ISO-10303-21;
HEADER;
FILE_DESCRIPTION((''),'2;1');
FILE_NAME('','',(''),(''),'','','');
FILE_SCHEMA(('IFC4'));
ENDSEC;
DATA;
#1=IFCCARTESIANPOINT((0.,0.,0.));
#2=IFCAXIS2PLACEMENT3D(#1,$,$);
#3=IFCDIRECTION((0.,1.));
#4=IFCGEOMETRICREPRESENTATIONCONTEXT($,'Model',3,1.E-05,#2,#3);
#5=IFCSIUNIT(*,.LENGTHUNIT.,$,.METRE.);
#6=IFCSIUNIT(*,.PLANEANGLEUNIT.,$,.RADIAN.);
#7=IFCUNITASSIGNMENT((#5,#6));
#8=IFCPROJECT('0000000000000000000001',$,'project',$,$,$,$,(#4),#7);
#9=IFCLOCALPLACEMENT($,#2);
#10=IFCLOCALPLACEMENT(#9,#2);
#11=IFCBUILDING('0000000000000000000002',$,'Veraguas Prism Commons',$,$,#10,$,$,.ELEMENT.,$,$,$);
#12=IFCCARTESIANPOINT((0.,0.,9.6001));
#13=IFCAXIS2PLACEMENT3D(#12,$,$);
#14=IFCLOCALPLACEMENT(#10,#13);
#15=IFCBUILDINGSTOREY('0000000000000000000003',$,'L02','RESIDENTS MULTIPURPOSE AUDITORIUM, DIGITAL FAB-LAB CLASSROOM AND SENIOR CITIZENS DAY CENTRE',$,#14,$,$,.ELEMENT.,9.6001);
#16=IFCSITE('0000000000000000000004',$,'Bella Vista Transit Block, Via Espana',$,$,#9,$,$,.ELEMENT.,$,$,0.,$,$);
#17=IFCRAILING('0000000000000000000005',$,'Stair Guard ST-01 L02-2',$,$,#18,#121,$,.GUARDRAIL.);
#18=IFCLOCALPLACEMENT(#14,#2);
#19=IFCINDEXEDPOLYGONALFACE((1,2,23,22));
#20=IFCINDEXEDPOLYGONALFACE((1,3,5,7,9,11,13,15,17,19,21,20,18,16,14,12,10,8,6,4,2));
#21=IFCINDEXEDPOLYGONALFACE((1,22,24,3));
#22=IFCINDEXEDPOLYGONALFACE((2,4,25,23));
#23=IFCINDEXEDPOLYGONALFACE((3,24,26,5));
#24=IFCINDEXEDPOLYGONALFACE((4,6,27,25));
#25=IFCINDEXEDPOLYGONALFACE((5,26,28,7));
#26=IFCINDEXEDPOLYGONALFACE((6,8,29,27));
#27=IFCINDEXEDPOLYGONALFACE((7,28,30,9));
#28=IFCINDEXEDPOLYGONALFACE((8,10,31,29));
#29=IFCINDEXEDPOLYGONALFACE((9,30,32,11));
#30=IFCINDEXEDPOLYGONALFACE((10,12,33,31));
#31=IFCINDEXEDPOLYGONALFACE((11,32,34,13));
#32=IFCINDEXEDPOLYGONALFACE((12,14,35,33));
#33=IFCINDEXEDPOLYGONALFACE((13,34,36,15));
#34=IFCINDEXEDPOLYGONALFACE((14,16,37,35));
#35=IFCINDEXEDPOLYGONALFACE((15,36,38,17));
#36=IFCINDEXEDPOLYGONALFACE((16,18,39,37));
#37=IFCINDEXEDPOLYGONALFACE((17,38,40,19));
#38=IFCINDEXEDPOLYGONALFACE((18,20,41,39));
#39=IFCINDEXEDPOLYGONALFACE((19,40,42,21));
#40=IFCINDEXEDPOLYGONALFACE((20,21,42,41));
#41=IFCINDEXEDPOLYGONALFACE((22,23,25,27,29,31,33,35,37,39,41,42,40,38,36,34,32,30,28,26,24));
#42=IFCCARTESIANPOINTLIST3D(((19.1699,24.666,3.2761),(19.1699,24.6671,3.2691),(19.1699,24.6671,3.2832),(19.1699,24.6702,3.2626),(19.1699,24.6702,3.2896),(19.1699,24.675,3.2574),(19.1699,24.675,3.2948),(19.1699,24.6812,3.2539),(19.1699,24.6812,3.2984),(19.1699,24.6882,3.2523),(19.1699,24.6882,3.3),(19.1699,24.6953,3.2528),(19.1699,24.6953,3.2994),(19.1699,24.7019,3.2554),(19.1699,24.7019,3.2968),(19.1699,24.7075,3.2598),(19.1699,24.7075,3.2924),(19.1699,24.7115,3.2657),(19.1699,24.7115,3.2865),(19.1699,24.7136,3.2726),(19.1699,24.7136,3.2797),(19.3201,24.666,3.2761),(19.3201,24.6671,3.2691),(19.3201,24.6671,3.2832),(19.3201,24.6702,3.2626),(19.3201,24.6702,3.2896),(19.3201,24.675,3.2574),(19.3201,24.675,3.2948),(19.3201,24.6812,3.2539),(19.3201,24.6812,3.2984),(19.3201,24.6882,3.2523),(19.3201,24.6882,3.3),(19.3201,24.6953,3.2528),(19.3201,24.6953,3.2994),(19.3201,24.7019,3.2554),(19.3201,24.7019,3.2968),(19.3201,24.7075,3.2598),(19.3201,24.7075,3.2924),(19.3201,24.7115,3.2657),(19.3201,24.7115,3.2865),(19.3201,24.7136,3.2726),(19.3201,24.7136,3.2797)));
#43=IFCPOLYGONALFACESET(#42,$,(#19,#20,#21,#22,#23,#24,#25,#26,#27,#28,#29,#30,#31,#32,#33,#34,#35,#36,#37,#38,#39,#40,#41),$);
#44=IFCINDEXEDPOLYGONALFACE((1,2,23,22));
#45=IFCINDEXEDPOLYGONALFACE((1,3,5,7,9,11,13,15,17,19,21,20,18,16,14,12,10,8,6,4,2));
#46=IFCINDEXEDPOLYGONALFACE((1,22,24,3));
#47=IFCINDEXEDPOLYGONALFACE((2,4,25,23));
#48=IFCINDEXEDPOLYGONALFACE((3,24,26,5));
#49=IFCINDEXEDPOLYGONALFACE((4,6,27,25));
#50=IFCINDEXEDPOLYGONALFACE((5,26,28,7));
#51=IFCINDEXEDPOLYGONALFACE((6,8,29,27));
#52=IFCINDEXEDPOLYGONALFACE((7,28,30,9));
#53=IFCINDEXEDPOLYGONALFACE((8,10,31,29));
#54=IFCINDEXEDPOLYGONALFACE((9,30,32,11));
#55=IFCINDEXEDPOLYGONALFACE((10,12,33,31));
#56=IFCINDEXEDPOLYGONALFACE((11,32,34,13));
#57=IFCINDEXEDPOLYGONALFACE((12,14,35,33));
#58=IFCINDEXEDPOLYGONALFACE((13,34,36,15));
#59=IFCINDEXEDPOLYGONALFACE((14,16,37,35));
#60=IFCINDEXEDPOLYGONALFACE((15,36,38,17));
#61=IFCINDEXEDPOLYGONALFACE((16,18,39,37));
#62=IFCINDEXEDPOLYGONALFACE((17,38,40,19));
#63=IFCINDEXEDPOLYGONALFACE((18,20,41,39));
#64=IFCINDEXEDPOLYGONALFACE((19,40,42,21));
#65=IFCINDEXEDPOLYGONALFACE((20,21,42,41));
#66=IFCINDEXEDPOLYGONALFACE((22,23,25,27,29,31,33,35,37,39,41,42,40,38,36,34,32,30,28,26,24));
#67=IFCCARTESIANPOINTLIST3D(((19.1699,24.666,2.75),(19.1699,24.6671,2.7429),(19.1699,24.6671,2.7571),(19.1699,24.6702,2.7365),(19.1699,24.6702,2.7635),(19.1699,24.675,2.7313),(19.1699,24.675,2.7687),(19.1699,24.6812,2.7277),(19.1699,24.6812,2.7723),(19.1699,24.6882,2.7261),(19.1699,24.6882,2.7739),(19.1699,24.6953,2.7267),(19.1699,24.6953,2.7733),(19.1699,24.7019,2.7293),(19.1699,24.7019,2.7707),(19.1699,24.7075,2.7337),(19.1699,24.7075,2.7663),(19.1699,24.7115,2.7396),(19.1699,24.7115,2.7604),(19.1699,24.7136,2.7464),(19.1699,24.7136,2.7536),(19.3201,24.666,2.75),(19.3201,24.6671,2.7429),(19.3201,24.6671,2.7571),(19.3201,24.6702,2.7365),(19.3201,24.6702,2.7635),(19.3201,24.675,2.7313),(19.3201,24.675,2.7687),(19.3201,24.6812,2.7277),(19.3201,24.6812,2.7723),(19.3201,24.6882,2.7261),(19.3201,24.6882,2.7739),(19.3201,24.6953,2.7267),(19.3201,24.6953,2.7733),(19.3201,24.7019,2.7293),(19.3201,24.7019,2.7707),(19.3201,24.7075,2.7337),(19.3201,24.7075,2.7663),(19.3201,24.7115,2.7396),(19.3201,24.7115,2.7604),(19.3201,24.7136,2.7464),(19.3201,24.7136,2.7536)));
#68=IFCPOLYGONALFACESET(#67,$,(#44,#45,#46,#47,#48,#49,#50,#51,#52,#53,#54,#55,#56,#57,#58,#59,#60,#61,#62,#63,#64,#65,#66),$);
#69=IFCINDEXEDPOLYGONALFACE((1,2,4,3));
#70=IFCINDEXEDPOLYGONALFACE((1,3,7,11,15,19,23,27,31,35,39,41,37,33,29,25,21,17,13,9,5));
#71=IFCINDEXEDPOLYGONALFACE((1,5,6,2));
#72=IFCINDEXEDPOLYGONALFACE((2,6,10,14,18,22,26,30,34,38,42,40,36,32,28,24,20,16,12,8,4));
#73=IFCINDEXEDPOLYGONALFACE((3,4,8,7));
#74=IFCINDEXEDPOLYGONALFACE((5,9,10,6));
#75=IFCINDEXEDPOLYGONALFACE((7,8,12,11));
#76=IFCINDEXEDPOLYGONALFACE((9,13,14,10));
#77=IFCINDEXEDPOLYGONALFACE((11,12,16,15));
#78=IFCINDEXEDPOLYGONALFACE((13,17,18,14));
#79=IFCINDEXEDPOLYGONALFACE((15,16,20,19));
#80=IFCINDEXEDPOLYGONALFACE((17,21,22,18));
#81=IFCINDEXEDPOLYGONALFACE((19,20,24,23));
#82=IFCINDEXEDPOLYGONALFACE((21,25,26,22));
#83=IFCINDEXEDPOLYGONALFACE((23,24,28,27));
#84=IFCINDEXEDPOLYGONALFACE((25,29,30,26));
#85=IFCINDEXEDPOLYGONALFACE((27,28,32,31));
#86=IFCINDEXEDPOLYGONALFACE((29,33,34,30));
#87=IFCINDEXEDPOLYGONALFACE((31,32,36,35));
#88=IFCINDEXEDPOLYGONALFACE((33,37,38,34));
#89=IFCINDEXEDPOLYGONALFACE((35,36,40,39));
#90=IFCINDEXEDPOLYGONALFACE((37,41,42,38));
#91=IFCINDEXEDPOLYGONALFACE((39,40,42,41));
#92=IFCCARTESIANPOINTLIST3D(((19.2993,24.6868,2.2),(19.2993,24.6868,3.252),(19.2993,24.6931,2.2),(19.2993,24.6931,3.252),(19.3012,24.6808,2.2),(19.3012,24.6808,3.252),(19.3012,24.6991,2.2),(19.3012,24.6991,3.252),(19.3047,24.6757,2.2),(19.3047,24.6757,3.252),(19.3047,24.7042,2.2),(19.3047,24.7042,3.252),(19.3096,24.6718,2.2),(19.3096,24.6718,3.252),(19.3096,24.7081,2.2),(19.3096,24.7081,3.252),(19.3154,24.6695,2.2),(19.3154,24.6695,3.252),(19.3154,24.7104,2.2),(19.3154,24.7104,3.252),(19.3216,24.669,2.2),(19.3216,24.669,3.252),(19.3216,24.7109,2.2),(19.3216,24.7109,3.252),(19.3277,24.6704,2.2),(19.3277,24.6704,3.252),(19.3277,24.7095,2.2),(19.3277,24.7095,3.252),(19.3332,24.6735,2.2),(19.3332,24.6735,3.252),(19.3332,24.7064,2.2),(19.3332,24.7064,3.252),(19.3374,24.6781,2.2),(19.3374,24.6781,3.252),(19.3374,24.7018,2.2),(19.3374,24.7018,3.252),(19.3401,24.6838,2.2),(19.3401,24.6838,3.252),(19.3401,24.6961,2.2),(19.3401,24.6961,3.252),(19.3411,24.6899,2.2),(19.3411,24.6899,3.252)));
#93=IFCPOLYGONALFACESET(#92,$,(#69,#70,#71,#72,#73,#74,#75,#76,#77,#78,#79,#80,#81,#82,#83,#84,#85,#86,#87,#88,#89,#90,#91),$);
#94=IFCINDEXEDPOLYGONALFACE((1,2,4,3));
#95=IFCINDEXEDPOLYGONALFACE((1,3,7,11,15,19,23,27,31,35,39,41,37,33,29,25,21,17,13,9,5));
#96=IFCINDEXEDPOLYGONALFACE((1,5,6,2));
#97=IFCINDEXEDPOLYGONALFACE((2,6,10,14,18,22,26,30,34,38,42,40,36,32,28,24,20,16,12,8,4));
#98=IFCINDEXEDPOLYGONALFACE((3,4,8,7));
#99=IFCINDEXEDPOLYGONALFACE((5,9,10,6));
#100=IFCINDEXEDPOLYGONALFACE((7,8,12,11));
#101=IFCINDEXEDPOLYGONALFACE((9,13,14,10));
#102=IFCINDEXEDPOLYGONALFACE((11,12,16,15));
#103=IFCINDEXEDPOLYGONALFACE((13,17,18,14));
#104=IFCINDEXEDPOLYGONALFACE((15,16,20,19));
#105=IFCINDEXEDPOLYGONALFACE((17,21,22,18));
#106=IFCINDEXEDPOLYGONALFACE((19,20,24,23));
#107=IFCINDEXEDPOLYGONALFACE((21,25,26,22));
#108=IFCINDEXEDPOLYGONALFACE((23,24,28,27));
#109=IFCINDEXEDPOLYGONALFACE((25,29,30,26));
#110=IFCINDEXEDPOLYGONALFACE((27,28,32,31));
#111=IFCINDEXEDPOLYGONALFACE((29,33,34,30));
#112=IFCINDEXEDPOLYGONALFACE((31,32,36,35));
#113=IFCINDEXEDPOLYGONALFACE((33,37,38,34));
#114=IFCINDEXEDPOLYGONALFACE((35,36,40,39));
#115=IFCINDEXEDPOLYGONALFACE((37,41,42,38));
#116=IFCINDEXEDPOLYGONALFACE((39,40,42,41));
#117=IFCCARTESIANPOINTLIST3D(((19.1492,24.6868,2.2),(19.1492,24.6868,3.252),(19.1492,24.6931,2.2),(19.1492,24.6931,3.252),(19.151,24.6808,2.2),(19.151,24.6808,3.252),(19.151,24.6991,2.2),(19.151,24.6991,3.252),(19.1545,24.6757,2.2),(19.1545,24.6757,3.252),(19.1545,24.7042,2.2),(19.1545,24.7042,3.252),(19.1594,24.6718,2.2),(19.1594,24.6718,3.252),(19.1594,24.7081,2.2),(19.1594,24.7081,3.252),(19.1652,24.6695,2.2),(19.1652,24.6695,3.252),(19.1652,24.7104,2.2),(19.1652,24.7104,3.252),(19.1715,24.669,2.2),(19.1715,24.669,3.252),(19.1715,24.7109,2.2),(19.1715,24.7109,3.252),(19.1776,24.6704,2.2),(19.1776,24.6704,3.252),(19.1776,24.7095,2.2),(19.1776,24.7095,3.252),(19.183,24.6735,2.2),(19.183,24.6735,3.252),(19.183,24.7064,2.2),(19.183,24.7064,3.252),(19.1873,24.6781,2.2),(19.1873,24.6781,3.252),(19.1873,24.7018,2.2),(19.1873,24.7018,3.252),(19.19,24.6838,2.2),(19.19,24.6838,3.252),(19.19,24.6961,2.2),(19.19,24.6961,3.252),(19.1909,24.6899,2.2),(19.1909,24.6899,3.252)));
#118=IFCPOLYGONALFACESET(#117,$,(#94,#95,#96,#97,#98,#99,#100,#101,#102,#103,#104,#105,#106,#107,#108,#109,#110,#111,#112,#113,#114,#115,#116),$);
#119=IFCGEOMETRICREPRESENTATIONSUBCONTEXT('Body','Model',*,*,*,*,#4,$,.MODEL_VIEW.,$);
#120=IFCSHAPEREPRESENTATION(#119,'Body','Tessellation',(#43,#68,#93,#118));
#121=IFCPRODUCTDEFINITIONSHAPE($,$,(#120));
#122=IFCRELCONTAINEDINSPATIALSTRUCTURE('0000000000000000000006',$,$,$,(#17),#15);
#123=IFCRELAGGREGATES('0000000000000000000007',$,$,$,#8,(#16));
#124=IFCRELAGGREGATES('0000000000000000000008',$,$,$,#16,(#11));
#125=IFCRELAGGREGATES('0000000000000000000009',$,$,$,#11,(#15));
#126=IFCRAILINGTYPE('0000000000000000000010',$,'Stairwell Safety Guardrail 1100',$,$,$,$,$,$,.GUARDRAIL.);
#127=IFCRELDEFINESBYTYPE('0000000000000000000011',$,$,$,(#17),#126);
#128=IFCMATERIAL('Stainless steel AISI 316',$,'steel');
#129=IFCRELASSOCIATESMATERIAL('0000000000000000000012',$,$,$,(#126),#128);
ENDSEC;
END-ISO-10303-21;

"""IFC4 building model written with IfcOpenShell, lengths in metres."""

from ifc_helpers import new_model, si_unit, direction, frame, origin, origin_2d, place, context, subcontext, project, spatial, circle, extrude, material, type_object, element, save


model = new_model("IFC4")

# Units and contexts
model_context = context("Model", 3, precision=1e-05, world=origin(), true_north=direction((0.0, 1.0)))
body_context = subcontext(model_context, "Body", "Model", "MODEL_VIEW")
ifc_project = project(units=[si_unit("LENGTHUNIT", "METRE"), si_unit("PLANEANGLEUNIT", "RADIAN")], contexts=[model_context])

# Site, building, storey
site_placement = place(None, origin())
site = spatial("IfcSite", under=ifc_project, at=site_placement, Name="Bella Vista Transit Block, Via Espana", CompositionType="ELEMENT", RefElevation=0.0)
building_placement = place(site_placement, origin())
building = spatial("IfcBuilding", under=site, at=building_placement, Name="Veraguas Prism Commons", CompositionType="ELEMENT")
storey_placement = place(building_placement, frame((0.0, 0.0, 9.6001)))
storey = spatial("IfcBuildingStorey", under=building, at=storey_placement, Name="L02", Description="RESIDENTS MULTIPURPOSE AUDITORIUM, DIGITAL FAB-LAB CLASSROOM AND SENIOR CITIZENS DAY CENTRE", CompositionType="ELEMENT", Elevation=9.6001)

# Railing
ifc_material_1 = material(Name="Stainless steel AISI 316", Category="steel")
railing_type_1 = type_object("IfcRailingType", Name="Stairwell Safety Guardrail 1100", PredefinedType="GUARDRAIL", material=ifc_material_1)
railing_1_placement = place(storey_placement, frame((19.3201, 24.6899, 2.2)))
element("IfcRailing", 1, at=railing_1_placement, inside=storey, type_object=railing_type_1, Name="Stair Guard ST-01 L02-2", PredefinedType="GUARDRAIL", context=body_context, shape_type="SweptSolid", body=[
    extrude(circle(Radius=0.0239, at=origin_2d()), frame((0.0, 0.0, 1.0762), z_axis=(-1.0, 0.0, 0.0), x_axis=(0.0, -1.0, 0.0)), (0.0, 0.0, 1.0), 0.1501),
    extrude(circle(Radius=0.0239, at=origin_2d()), frame((0.0, 0.0, 0.55), z_axis=(-1.0, 0.0, 0.0), x_axis=(0.0, -1.0, 0.0)), (0.0, 0.0, 1.0), 0.1501),
    extrude(circle(Radius=0.021, at=origin_2d()), origin(), (0.0, 0.0, 1.0), 1.052),
    extrude(circle(Radius=0.021, at=origin_2d()), frame((-0.1501, 0.0, 0.0)), (0.0, 0.0, 1.0), 1.052),
])

save(model, "model.ifc")
